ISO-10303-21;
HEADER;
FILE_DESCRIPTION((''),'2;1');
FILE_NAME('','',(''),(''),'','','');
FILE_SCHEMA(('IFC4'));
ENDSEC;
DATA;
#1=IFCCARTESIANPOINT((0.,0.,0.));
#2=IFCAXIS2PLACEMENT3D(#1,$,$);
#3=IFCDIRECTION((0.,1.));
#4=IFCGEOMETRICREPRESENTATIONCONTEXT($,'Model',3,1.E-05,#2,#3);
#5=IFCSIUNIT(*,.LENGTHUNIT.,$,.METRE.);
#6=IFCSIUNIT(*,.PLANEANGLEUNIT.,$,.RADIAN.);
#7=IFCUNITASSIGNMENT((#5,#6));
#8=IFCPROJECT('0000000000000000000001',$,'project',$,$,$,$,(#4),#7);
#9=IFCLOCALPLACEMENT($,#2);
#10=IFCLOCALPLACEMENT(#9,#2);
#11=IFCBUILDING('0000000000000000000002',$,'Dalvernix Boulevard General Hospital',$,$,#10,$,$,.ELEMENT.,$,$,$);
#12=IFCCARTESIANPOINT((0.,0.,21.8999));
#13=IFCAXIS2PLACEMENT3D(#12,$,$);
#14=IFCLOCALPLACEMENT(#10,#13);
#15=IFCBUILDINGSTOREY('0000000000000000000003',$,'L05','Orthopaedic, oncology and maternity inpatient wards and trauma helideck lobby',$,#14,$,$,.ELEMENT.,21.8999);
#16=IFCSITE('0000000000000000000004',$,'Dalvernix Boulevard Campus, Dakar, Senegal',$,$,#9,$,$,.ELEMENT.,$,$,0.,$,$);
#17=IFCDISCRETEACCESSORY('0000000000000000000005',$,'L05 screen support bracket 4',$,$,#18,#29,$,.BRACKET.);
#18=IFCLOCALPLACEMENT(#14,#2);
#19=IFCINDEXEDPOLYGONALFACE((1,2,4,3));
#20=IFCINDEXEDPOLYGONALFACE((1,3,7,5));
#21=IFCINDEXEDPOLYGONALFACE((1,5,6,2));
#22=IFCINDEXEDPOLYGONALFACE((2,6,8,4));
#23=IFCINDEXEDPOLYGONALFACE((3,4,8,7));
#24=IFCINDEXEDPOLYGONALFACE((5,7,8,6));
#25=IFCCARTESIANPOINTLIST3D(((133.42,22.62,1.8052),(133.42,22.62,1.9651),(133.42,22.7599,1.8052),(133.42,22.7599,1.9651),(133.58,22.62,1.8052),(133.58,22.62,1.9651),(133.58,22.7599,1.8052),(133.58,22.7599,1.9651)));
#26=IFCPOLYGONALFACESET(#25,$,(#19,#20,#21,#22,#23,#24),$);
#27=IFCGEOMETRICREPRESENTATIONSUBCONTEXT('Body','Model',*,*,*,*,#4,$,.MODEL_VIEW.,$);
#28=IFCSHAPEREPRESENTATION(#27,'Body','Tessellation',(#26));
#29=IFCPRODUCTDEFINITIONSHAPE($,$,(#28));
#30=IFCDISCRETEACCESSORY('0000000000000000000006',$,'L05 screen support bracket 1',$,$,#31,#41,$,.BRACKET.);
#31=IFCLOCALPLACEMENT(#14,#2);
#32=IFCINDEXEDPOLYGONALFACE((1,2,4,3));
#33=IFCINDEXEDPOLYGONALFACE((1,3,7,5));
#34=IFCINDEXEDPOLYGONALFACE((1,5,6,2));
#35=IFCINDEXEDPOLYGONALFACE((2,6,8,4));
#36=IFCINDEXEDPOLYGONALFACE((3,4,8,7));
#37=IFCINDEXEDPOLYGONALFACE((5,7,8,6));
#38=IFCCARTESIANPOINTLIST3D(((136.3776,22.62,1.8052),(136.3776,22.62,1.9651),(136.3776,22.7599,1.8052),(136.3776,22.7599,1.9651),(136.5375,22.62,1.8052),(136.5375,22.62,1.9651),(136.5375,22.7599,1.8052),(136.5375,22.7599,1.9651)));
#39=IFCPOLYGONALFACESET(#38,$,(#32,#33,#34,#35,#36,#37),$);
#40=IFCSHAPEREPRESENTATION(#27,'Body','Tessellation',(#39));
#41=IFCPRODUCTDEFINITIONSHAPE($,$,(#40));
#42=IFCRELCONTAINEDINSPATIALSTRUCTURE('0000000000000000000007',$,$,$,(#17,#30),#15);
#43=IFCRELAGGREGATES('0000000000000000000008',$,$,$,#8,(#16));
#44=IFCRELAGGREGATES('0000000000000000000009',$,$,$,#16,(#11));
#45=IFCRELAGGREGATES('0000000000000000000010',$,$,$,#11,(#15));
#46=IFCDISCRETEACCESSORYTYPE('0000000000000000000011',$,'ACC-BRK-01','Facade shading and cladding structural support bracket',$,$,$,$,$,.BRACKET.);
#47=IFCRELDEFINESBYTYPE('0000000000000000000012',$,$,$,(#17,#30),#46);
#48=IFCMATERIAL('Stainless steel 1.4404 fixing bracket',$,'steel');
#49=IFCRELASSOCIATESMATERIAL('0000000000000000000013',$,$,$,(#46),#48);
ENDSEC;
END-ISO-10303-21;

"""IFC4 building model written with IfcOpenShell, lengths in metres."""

from ifc_helpers import new_model, si_unit, direction, frame, origin, origin_2d, place, context, subcontext, project, spatial, rectangle, extrude, material, type_object, element, save


model = new_model("IFC4")

# Units and contexts
model_context = context("Model", 3, precision=1e-05, world=origin(), true_north=direction((0.0, 1.0)))
body_context = subcontext(model_context, "Body", "Model", "MODEL_VIEW")
ifc_project = project(units=[si_unit("LENGTHUNIT", "METRE"), si_unit("PLANEANGLEUNIT", "RADIAN")], contexts=[model_context])

# Site, building, storey
site_placement = place(None, origin())
site = spatial("IfcSite", under=ifc_project, at=site_placement, Name="Dalvernix Boulevard Campus, Dakar, Senegal", CompositionType="ELEMENT", RefElevation=0.0)
building_placement = place(site_placement, origin())
building = spatial("IfcBuilding", under=site, at=building_placement, Name="Dalvernix Boulevard General Hospital", CompositionType="ELEMENT")
storey_placement = place(building_placement, frame((0.0, 0.0, 21.8999)))
storey = spatial("IfcBuildingStorey", under=building, at=storey_placement, Name="L05", Description="Orthopaedic, oncology and maternity inpatient wards and trauma helideck lobby", CompositionType="ELEMENT", Elevation=21.8999)

# Discrete accessories
ifc_material_1 = material(Name="Stainless steel 1.4404 fixing bracket", Category="steel")
discrete_accessory_type = type_object("IfcDiscreteAccessoryType", Name="ACC-BRK-01", Description="Facade shading and cladding structural support bracket", PredefinedType="BRACKET", material=ifc_material_1)
for number, where, z_axis, x_axis, name in (
    (1, (133.5, 22.6899, 1.8052), (0.0, 0.0, 1.0), (1.0, 0.0, 0.0), "L05 screen support bracket 4"),
    (2, (136.4575, 22.6899, 1.8052), (0.0, 0.0, 1.0), (1.0, 0.0, 0.0), "L05 screen support bracket 1"),
):
    element("IfcDiscreteAccessory", number, at=place(storey_placement, frame(where, z_axis=z_axis, x_axis=x_axis)), inside=storey, type_object=discrete_accessory_type, Name=name, PredefinedType="BRACKET", context=body_context, shape_type="SweptSolid", body=[
        extrude(rectangle(XDim=0.1599, YDim=0.1399, at=origin_2d()), origin(), (0.0, 0.0, 1.0), 0.1599),
    ])

save(model, "model.ifc")
